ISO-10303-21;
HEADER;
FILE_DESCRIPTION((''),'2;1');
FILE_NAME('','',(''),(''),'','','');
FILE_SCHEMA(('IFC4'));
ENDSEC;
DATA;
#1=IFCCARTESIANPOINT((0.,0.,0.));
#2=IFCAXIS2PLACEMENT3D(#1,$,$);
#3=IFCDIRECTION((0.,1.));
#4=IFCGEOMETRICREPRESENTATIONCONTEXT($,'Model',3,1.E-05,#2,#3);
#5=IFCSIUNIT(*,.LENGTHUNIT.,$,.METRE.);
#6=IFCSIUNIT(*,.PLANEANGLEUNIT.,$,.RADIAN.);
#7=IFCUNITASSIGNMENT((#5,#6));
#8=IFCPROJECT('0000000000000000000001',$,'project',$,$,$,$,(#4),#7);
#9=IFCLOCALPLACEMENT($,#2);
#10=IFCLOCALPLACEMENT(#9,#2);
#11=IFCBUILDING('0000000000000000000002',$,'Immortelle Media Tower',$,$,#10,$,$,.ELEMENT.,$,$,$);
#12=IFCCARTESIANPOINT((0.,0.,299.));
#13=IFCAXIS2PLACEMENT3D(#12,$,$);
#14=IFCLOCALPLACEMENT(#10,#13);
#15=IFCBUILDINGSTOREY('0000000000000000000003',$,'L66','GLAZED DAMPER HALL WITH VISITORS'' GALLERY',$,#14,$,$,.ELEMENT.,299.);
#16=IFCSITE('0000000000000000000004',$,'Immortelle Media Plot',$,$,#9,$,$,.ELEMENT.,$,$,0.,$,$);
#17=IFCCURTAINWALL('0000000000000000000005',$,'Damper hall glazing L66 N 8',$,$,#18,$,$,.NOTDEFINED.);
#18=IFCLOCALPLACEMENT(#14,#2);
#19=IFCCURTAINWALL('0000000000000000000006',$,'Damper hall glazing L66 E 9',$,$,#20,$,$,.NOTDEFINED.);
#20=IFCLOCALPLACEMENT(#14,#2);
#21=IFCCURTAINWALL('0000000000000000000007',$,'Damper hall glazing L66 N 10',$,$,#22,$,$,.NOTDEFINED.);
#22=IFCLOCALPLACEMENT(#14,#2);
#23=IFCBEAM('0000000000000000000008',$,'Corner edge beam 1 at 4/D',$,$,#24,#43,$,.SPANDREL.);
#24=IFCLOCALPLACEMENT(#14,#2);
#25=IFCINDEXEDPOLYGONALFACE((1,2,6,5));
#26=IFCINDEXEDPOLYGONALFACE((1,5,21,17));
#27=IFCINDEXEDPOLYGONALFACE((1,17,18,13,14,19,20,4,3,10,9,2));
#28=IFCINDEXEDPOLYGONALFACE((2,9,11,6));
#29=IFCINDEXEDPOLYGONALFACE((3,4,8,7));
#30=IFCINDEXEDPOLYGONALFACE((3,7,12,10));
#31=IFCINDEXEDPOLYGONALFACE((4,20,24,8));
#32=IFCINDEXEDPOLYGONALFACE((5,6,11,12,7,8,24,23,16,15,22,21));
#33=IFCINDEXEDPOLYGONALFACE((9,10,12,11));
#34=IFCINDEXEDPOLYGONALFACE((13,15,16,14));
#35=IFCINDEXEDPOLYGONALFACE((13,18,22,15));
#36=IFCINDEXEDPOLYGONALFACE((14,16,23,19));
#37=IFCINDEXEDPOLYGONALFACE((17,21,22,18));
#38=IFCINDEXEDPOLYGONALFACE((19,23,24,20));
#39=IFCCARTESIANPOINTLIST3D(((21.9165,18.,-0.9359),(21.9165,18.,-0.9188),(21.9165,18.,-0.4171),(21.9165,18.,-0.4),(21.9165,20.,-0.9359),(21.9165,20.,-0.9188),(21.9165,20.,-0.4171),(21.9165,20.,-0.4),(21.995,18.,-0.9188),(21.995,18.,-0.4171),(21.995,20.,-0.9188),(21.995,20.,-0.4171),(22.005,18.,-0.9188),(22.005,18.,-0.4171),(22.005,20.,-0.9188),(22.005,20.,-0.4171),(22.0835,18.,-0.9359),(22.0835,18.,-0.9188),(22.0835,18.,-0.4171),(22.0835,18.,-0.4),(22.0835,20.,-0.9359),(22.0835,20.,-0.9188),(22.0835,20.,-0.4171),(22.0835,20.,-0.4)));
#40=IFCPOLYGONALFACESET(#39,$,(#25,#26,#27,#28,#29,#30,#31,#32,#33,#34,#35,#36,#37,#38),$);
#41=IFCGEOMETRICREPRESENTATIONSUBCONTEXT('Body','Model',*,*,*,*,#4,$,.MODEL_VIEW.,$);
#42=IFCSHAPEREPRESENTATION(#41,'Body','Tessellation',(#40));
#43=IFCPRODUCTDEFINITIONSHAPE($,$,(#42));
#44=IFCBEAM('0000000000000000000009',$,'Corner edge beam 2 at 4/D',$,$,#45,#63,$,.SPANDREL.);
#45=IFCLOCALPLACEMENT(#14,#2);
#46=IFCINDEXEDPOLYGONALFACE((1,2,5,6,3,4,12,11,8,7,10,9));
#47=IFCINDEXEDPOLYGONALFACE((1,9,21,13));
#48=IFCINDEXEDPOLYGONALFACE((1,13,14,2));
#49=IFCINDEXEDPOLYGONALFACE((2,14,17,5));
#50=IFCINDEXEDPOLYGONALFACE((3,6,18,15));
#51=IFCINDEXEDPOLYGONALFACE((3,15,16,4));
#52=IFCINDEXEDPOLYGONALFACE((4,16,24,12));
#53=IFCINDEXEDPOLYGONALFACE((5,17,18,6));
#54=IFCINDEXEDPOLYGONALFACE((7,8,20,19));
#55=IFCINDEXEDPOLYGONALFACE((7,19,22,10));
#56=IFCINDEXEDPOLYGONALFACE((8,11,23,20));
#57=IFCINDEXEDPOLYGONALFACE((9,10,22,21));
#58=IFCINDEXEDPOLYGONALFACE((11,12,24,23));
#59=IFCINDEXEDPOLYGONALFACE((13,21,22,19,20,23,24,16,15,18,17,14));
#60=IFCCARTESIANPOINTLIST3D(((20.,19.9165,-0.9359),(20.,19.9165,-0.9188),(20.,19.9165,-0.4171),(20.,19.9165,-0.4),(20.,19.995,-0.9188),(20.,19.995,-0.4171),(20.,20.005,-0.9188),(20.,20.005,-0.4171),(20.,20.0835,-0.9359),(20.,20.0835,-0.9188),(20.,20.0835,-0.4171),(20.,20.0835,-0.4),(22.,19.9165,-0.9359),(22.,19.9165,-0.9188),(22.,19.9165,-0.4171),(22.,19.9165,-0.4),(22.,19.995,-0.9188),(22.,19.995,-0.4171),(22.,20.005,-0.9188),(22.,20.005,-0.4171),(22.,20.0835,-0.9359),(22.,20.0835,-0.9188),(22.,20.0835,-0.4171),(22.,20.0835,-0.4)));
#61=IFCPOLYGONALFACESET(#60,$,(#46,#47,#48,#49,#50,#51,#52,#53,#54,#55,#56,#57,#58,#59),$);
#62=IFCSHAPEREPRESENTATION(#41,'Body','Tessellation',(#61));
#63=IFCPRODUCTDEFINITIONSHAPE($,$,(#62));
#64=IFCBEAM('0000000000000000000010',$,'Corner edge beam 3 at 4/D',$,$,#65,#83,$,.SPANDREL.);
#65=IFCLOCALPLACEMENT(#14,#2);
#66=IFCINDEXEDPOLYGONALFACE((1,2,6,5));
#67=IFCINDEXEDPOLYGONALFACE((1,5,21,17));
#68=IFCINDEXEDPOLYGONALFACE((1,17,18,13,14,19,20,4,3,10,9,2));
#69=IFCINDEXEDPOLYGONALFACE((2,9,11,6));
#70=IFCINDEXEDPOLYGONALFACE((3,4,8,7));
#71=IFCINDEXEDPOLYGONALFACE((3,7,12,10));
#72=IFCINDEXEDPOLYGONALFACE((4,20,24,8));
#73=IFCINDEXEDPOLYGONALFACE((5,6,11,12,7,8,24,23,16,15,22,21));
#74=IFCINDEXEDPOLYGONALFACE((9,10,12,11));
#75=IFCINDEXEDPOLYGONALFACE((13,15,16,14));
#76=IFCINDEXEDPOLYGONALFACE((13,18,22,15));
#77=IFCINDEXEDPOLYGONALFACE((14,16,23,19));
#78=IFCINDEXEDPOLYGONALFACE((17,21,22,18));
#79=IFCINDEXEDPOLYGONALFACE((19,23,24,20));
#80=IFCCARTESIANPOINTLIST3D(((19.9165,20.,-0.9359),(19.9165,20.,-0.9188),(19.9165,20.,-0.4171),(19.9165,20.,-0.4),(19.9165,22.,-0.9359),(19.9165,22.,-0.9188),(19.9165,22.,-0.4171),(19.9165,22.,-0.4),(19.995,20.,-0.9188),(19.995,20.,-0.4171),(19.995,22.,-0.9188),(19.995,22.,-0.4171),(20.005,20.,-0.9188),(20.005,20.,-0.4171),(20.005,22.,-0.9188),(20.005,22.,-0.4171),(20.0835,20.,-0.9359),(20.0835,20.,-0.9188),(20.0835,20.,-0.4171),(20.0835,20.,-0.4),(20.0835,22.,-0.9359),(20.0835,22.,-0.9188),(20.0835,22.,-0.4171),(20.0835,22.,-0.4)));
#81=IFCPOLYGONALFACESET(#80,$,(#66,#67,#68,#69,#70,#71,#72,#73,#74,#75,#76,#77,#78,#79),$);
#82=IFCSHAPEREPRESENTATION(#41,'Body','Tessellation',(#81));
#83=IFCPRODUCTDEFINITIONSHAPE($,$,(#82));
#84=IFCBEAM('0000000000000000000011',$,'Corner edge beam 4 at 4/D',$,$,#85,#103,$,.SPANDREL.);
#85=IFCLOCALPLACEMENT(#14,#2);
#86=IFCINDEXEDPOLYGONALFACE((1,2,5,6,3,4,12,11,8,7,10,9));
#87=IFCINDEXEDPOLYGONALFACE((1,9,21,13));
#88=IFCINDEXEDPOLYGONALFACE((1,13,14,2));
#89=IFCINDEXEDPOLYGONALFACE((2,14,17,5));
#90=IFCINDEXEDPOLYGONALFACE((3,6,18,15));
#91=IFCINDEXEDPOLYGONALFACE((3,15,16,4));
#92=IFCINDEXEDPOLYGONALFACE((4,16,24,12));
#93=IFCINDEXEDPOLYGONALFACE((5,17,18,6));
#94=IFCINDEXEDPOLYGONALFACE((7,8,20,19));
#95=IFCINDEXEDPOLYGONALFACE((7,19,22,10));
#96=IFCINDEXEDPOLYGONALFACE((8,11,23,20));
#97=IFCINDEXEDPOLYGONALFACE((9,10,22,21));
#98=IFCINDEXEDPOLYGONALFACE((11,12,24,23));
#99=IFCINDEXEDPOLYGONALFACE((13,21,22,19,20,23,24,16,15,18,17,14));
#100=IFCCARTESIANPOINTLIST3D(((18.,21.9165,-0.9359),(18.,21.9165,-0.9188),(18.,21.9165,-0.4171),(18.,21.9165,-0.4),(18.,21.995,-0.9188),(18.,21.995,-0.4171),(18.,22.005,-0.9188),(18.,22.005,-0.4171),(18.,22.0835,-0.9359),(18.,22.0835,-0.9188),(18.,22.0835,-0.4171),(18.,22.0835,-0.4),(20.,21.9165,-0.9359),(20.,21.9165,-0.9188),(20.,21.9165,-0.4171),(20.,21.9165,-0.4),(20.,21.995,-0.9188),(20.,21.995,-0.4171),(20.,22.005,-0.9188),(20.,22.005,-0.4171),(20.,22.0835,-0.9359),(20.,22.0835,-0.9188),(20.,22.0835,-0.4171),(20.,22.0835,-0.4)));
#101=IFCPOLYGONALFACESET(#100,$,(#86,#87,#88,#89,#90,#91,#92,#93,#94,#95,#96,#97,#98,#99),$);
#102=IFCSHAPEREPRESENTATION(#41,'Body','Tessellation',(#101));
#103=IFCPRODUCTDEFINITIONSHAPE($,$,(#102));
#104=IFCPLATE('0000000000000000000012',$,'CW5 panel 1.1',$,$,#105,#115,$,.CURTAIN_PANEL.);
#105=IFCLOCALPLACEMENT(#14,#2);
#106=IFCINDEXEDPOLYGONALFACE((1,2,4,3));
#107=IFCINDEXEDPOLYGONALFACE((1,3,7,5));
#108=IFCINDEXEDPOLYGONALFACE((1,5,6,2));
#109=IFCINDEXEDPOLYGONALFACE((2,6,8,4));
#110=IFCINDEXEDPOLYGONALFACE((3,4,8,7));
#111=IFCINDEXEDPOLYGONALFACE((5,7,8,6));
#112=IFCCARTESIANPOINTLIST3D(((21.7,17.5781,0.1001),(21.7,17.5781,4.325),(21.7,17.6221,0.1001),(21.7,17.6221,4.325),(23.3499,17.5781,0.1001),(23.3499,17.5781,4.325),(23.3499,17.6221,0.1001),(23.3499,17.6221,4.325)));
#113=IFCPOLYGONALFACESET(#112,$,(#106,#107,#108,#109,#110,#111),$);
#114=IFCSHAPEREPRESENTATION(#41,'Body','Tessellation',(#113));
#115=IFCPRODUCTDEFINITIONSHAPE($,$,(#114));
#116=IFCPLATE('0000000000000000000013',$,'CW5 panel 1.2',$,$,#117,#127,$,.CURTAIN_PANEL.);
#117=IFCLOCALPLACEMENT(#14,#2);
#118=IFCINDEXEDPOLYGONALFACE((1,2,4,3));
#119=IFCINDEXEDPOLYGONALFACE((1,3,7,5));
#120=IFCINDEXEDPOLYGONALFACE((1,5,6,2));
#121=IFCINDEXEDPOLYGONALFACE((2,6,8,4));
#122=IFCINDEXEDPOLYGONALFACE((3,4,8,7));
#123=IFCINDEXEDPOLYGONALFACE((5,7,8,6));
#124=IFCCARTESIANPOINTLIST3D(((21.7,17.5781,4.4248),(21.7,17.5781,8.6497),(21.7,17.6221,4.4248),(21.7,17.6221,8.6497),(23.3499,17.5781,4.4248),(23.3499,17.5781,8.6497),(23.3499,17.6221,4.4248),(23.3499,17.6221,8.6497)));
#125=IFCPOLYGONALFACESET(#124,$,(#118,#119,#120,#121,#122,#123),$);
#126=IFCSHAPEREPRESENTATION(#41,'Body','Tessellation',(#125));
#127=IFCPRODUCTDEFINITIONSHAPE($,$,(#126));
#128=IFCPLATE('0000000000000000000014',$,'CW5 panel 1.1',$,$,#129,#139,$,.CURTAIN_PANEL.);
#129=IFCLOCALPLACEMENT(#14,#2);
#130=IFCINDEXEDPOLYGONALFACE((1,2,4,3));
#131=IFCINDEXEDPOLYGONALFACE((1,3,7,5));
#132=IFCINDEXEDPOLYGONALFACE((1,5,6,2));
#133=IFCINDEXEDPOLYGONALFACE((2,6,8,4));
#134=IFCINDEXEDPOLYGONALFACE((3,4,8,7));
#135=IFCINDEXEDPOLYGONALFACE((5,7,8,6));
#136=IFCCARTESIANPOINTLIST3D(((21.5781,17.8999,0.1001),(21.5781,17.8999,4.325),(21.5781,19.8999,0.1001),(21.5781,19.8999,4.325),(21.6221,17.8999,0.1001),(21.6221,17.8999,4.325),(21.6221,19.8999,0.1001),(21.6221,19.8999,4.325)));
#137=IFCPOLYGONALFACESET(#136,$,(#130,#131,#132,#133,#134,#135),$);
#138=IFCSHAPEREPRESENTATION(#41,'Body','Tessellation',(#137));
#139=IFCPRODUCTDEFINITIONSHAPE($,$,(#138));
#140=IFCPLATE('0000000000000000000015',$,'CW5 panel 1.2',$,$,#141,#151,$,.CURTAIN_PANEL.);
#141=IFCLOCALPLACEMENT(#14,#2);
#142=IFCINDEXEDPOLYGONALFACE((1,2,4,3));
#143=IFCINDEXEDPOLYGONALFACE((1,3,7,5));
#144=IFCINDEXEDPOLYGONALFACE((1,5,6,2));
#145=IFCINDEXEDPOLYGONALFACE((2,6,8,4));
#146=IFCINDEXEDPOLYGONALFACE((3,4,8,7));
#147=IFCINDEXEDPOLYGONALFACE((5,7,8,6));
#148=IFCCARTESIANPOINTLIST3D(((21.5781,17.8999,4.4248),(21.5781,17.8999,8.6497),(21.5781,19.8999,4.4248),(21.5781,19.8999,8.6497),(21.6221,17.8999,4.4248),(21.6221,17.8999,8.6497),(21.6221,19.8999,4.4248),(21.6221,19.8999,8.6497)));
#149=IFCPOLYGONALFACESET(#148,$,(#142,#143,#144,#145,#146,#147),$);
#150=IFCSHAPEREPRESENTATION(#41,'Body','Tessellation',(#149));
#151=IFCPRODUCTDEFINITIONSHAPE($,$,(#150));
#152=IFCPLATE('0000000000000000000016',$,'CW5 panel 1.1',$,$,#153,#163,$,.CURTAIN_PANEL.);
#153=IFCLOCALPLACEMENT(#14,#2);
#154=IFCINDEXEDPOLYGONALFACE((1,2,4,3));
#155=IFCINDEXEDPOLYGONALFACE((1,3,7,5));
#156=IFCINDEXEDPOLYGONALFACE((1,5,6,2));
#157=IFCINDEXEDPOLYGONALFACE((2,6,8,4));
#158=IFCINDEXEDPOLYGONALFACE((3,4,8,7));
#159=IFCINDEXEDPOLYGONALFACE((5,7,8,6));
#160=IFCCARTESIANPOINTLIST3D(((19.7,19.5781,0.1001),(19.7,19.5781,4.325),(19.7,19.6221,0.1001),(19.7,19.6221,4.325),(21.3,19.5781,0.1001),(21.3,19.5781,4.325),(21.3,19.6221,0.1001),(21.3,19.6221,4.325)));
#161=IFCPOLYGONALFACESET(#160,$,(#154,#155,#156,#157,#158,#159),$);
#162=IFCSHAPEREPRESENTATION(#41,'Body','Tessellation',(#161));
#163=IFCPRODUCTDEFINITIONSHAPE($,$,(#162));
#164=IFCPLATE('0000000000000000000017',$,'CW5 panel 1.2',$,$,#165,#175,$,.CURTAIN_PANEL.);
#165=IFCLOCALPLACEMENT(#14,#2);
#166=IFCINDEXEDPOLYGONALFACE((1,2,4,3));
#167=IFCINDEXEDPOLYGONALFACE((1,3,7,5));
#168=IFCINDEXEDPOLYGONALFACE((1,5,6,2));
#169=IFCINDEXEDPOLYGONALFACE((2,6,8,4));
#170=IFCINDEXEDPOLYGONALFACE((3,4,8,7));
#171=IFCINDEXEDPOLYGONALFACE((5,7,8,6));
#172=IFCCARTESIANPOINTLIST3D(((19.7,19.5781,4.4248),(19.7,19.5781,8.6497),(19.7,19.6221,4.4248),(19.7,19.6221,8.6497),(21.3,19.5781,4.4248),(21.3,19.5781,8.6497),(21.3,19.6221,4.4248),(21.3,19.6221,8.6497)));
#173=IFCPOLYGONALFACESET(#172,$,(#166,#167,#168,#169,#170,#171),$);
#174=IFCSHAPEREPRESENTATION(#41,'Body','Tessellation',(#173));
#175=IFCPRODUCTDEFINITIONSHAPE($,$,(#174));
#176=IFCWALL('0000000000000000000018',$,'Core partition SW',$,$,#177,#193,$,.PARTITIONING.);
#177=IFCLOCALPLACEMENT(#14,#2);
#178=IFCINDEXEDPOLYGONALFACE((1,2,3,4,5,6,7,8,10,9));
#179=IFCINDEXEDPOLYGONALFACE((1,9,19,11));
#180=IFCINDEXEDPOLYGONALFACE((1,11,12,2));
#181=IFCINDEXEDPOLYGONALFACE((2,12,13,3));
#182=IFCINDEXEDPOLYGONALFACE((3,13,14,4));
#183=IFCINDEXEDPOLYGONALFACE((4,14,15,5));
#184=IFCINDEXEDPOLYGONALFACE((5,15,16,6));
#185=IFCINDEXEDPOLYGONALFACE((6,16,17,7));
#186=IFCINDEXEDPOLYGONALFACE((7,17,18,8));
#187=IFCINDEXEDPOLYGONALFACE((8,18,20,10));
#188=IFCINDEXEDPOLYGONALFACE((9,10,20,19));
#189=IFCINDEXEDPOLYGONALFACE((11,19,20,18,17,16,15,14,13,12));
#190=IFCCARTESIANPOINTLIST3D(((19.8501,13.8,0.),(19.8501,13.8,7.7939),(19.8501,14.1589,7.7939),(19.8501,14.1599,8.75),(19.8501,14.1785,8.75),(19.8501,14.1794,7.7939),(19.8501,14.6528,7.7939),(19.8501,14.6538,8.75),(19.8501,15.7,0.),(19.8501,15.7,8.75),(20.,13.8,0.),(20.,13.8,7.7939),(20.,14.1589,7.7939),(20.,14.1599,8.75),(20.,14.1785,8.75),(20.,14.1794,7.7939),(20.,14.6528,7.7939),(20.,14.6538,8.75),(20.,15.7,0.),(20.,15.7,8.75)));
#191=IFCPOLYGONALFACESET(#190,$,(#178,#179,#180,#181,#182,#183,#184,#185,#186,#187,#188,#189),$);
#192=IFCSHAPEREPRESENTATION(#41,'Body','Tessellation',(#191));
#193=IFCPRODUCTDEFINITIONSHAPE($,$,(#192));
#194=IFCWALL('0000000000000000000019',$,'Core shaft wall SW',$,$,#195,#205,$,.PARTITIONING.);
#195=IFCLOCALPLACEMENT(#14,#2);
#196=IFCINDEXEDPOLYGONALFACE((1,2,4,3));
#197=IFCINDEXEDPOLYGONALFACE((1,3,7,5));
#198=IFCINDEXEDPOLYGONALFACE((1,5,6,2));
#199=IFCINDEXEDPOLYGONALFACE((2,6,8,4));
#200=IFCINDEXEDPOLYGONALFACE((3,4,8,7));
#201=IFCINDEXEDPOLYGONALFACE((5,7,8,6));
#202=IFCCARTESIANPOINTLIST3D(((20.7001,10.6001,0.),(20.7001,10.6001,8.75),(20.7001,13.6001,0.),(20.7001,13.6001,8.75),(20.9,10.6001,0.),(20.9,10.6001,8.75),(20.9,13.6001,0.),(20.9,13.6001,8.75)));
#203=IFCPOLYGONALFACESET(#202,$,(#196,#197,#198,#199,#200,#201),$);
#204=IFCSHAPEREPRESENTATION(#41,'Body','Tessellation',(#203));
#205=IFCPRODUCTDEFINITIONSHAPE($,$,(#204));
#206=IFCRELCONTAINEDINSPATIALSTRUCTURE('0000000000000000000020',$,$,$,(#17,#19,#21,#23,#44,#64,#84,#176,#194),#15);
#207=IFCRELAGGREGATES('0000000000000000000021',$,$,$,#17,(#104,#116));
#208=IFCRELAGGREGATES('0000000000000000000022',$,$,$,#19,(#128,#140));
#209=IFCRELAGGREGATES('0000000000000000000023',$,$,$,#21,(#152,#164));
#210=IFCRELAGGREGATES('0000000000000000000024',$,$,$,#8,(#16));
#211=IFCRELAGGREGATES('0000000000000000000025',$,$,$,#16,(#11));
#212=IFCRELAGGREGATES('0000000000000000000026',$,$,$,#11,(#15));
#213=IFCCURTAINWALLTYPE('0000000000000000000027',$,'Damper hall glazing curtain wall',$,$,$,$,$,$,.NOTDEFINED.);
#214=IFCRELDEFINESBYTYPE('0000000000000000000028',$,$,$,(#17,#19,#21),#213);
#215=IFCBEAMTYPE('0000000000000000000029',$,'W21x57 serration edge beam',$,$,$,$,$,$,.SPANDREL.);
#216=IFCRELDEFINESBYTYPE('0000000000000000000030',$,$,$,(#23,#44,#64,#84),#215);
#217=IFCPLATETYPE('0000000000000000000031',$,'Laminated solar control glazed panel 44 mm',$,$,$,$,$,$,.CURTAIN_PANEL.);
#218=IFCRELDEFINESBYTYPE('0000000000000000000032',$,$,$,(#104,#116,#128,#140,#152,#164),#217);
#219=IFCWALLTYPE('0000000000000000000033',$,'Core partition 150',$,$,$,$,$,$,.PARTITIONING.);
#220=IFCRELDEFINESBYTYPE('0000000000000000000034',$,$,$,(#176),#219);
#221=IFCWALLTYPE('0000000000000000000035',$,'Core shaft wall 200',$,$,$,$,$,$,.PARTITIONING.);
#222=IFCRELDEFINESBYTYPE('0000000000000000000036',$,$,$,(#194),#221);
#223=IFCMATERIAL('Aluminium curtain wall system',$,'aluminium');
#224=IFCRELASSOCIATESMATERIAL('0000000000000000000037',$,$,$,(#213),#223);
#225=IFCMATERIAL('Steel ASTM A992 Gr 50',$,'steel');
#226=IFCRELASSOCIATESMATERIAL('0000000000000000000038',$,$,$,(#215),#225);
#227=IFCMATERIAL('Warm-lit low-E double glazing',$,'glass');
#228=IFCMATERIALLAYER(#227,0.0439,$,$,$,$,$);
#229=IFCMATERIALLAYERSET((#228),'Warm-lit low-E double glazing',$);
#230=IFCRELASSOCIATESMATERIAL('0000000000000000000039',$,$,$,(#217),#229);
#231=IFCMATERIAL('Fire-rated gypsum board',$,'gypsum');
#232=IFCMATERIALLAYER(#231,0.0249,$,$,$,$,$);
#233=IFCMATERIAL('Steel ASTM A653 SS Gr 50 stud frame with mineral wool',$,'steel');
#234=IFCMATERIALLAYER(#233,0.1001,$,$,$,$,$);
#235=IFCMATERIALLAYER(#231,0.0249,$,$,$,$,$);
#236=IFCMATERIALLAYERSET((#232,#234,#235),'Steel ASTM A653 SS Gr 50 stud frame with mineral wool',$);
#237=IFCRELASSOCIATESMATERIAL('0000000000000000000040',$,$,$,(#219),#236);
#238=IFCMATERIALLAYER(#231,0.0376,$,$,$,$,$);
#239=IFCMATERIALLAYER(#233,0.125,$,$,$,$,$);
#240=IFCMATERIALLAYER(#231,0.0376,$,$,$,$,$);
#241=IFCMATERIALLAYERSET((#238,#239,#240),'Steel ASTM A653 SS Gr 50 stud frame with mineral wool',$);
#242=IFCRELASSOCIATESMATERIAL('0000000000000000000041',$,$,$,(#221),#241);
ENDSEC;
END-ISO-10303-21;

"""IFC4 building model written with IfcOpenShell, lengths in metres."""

from ifc_helpers import new_model, si_unit, direction, frame, frame_2d, origin, origin_2d, place, context, subcontext, project, spatial, polyline, rectangle, i_section, outline, extrude, material, layer, layer_set, material_profile, profile_set, type_object, element, aggregate, save


model = new_model("IFC4")

# Units and contexts
model_context = context("Model", 3, precision=1e-05, world=origin(), true_north=direction((0.0, 1.0)))
body_context = subcontext(model_context, "Body", "Model", "MODEL_VIEW")
ifc_project = project(units=[si_unit("LENGTHUNIT", "METRE"), si_unit("PLANEANGLEUNIT", "RADIAN")], contexts=[model_context])

# Site, building, storey
site_placement = place(None, origin())
site = spatial("IfcSite", under=ifc_project, at=site_placement, Name="Immortelle Media Plot", CompositionType="ELEMENT", RefElevation=0.0)
building_placement = place(site_placement, origin())
building = spatial("IfcBuilding", under=site, at=building_placement, Name="Immortelle Media Tower", CompositionType="ELEMENT")
storey_placement = place(building_placement, frame((0.0, 0.0, 299.0)))
storey = spatial("IfcBuildingStorey", under=building, at=storey_placement, Name="L66", Description="GLAZED DAMPER HALL WITH VISITORS' GALLERY", CompositionType="ELEMENT", Elevation=299.0)

# Curtain walls
ifc_material_1 = material(Name="Aluminium curtain wall system", Category="aluminium")
curtain_wall_type = type_object("IfcCurtainWallType", Name="Damper hall glazing curtain wall", PredefinedType="NOTDEFINED", material=ifc_material_1)
curtain_wall_1_placement = place(storey_placement, origin())
curtain_wall_1 = element("IfcCurtainWall", 1, at=curtain_wall_1_placement, inside=storey, type_object=curtain_wall_type, Name="Damper hall glazing L66 N 8", PredefinedType="NOTDEFINED")
curtain_wall_2_placement = place(storey_placement, origin())
curtain_wall_2 = element("IfcCurtainWall", 2, at=curtain_wall_2_placement, inside=storey, type_object=curtain_wall_type, Name="Damper hall glazing L66 E 9", PredefinedType="NOTDEFINED")
curtain_wall_3_placement = place(storey_placement, origin())
curtain_wall_3 = element("IfcCurtainWall", 3, at=curtain_wall_3_placement, inside=storey, type_object=curtain_wall_type, Name="Damper hall glazing L66 N 10", PredefinedType="NOTDEFINED")

# Beams
ifc_material_2 = material(Name="Steel ASTM A992 Gr 50", Category="steel")
ifc_material_profile_1 = material_profile(ifc_material_2, i_section(OverallWidth=0.167, OverallDepth=0.5359, WebThickness=0.01, FlangeThickness=0.0171, at=origin_2d()), Name="W21x57")
ifc_profile_set_1 = profile_set([ifc_material_profile_1], Name="Steel ASTM A992 Gr 50")
beam_type = type_object("IfcBeamType", Name="W21x57 serration edge beam", PredefinedType="SPANDREL", material=ifc_profile_set_1)
for number, where, z_axis, x_axis, name in (
    (4, (22.0, 18.0, -0.668), (0.0, 1.0, 0.0), (-1.0, 0.0, 0.0), "Corner edge beam 1 at 4/D"),
    (5, (22.0, 20.0, -0.668), (-1.0, 0.0, 0.0), (0.0, -1.0, 0.0), "Corner edge beam 2 at 4/D"),
    (6, (20.0, 20.0, -0.668), (0.0, 1.0, 0.0), (-1.0, 0.0, 0.0), "Corner edge beam 3 at 4/D"),
    (7, (20.0, 22.0, -0.668), (-1.0, 0.0, 0.0), (0.0, -1.0, 0.0), "Corner edge beam 4 at 4/D"),
):
    element("IfcBeam", number, at=place(storey_placement, frame(where, z_axis=z_axis, x_axis=x_axis)), inside=storey, type_object=beam_type, Name=name, PredefinedType="SPANDREL", context=body_context, shape_type="SweptSolid", body=[
        extrude(i_section(OverallWidth=0.167, OverallDepth=0.5359, WebThickness=0.01, FlangeThickness=0.0171, at=origin_2d()), origin(), (0.0, 0.0, 1.0), 2.0),
    ])

# Plates
ifc_material_3 = material(Name="Warm-lit low-E double glazing", Category="glass")
ifc_layer_1 = layer(ifc_material_3, 0.0439)
ifc_layer_set_1 = layer_set([ifc_layer_1], Name="Warm-lit low-E double glazing")
plate_type = type_object("IfcPlateType", Name="Laminated solar control glazed panel 44 mm", PredefinedType="CURTAIN_PANEL", material=ifc_layer_set_1)
plate_1_placement = place(storey_placement, frame((22.5249, 17.6001, 0.1001), z_axis=(0.0, 0.0, 1.0), x_axis=(-1.0, 0.0, 0.0)))
plate_1 = element("IfcPlate", 8, at=plate_1_placement, type_object=plate_type, Name="CW5 panel 1.1", PredefinedType="CURTAIN_PANEL", context=body_context, shape_type="SweptSolid", body=[
    extrude(rectangle(XDim=1.6499, YDim=0.0439, at=origin_2d()), origin(), (0.0, 0.0, 1.0), 4.2249),
])
plate_2_placement = place(storey_placement, frame((22.5249, 17.6001, 4.4248), z_axis=(0.0, 0.0, 1.0), x_axis=(-1.0, 0.0, 0.0)))
plate_2 = element("IfcPlate", 9, at=plate_2_placement, type_object=plate_type, Name="CW5 panel 1.2", PredefinedType="CURTAIN_PANEL", context=body_context, shape_type="SweptSolid", body=[
    extrude(rectangle(XDim=1.6499, YDim=0.0439, at=origin_2d()), origin(), (0.0, 0.0, 1.0), 4.2249),
])
aggregate(curtain_wall_1, [plate_1, plate_2])
plate_3_placement = place(storey_placement, frame((21.6001, 18.8999, 0.1001), z_axis=(0.0, 0.0, 1.0), x_axis=(0.0, 1.0, 0.0)))
plate_3 = element("IfcPlate", 10, at=plate_3_placement, type_object=plate_type, Name="CW5 panel 1.1", PredefinedType="CURTAIN_PANEL", context=body_context, shape_type="SweptSolid", body=[
    extrude(rectangle(XDim=2.0, YDim=0.0439, at=origin_2d()), origin(), (0.0, 0.0, 1.0), 4.2249),
])
plate_4_placement = place(storey_placement, frame((21.6001, 18.8999, 4.4248), z_axis=(0.0, 0.0, 1.0), x_axis=(0.0, 1.0, 0.0)))
plate_4 = element("IfcPlate", 11, at=plate_4_placement, type_object=plate_type, Name="CW5 panel 1.2", PredefinedType="CURTAIN_PANEL", context=body_context, shape_type="SweptSolid", body=[
    extrude(rectangle(XDim=2.0, YDim=0.0439, at=origin_2d()), origin(), (0.0, 0.0, 1.0), 4.2249),
])
aggregate(curtain_wall_2, [plate_3, plate_4])
plate_5_placement = place(storey_placement, frame((20.5, 19.6001, 0.1001), z_axis=(0.0, 0.0, 1.0), x_axis=(-1.0, 0.0, 0.0)))
plate_5 = element("IfcPlate", 12, at=plate_5_placement, type_object=plate_type, Name="CW5 panel 1.1", PredefinedType="CURTAIN_PANEL", context=body_context, shape_type="SweptSolid", body=[
    extrude(rectangle(XDim=1.6001, YDim=0.0439, at=origin_2d()), origin(), (0.0, 0.0, 1.0), 4.2249),
])
plate_6_placement = place(storey_placement, frame((20.5, 19.6001, 4.4248), z_axis=(0.0, 0.0, 1.0), x_axis=(-1.0, 0.0, 0.0)))
plate_6 = element("IfcPlate", 13, at=plate_6_placement, type_object=plate_type, Name="CW5 panel 1.2", PredefinedType="CURTAIN_PANEL", context=body_context, shape_type="SweptSolid", body=[
    extrude(rectangle(XDim=1.6001, YDim=0.0439, at=origin_2d()), origin(), (0.0, 0.0, 1.0), 4.2249),
])
aggregate(curtain_wall_3, [plate_5, plate_6])

# Walls
ifc_material_4 = material(Name="Fire-rated gypsum board", Category="gypsum")
ifc_layer_2 = layer(ifc_material_4, 0.0249)
ifc_material_5 = material(Name="Steel ASTM A653 SS Gr 50 stud frame with mineral wool", Category="steel")
ifc_layer_3 = layer(ifc_material_5, 0.1001)
ifc_layer_4 = layer(ifc_material_4, 0.0249)
ifc_layer_set_2 = layer_set([ifc_layer_2, ifc_layer_3, ifc_layer_4], Name="Steel ASTM A653 SS Gr 50 stud frame with mineral wool")
wall_type_1 = type_object("IfcWallType", Name="Core partition 150", PredefinedType="PARTITIONING", material=ifc_layer_set_2)
wall_1_placement = place(storey_placement, frame((19.925, 13.8, 0.0), z_axis=(0.0, 0.0, 1.0), x_axis=(0.0, 1.0, 0.0)))
element("IfcWall", 14, at=wall_1_placement, inside=storey, type_object=wall_type_1, Name="Core partition SW", PredefinedType="PARTITIONING", context=body_context, shape_type="SweptSolid", body=[
    extrude(outline(polyline([(0.0, 0.0), (1.8999, 0.0), (1.8999, 8.75), (0.8538, 8.75), (0.8528, 7.7939), (0.3794, 7.7939), (0.3784, 8.75), (0.3599, 8.75), (0.3589, 7.7939), (0.0, 7.7939), (0.0, 0.0)])), frame((0.0, 0.075, 0.0), z_axis=(0.0, -1.0, 0.0), x_axis=(1.0, 0.0, 0.0)), (0.0, 0.0, 1.0), 0.1499),
])
ifc_layer_5 = layer(ifc_material_4, 0.0376)
ifc_layer_6 = layer(ifc_material_5, 0.125)
ifc_layer_7 = layer(ifc_material_4, 0.0376)
ifc_layer_set_3 = layer_set([ifc_layer_5, ifc_layer_6, ifc_layer_7], Name="Steel ASTM A653 SS Gr 50 stud frame with mineral wool")
wall_type_2 = type_object("IfcWallType", Name="Core shaft wall 200", PredefinedType="PARTITIONING", material=ifc_layer_set_3)
wall_2_placement = place(storey_placement, frame((20.8, 10.6001, 0.0), z_axis=(0.0, 0.0, 1.0), x_axis=(0.0, 1.0, 0.0)))
element("IfcWall", 15, at=wall_2_placement, inside=storey, type_object=wall_type_2, Name="Core shaft wall SW", PredefinedType="PARTITIONING", context=body_context, shape_type="SweptSolid", body=[
    extrude(rectangle(XDim=3.0, YDim=0.2, at=frame_2d((1.5, 0.0))), origin(), (0.0, 0.0, 1.0), 8.75),
])

save(model, "model.ifc")
